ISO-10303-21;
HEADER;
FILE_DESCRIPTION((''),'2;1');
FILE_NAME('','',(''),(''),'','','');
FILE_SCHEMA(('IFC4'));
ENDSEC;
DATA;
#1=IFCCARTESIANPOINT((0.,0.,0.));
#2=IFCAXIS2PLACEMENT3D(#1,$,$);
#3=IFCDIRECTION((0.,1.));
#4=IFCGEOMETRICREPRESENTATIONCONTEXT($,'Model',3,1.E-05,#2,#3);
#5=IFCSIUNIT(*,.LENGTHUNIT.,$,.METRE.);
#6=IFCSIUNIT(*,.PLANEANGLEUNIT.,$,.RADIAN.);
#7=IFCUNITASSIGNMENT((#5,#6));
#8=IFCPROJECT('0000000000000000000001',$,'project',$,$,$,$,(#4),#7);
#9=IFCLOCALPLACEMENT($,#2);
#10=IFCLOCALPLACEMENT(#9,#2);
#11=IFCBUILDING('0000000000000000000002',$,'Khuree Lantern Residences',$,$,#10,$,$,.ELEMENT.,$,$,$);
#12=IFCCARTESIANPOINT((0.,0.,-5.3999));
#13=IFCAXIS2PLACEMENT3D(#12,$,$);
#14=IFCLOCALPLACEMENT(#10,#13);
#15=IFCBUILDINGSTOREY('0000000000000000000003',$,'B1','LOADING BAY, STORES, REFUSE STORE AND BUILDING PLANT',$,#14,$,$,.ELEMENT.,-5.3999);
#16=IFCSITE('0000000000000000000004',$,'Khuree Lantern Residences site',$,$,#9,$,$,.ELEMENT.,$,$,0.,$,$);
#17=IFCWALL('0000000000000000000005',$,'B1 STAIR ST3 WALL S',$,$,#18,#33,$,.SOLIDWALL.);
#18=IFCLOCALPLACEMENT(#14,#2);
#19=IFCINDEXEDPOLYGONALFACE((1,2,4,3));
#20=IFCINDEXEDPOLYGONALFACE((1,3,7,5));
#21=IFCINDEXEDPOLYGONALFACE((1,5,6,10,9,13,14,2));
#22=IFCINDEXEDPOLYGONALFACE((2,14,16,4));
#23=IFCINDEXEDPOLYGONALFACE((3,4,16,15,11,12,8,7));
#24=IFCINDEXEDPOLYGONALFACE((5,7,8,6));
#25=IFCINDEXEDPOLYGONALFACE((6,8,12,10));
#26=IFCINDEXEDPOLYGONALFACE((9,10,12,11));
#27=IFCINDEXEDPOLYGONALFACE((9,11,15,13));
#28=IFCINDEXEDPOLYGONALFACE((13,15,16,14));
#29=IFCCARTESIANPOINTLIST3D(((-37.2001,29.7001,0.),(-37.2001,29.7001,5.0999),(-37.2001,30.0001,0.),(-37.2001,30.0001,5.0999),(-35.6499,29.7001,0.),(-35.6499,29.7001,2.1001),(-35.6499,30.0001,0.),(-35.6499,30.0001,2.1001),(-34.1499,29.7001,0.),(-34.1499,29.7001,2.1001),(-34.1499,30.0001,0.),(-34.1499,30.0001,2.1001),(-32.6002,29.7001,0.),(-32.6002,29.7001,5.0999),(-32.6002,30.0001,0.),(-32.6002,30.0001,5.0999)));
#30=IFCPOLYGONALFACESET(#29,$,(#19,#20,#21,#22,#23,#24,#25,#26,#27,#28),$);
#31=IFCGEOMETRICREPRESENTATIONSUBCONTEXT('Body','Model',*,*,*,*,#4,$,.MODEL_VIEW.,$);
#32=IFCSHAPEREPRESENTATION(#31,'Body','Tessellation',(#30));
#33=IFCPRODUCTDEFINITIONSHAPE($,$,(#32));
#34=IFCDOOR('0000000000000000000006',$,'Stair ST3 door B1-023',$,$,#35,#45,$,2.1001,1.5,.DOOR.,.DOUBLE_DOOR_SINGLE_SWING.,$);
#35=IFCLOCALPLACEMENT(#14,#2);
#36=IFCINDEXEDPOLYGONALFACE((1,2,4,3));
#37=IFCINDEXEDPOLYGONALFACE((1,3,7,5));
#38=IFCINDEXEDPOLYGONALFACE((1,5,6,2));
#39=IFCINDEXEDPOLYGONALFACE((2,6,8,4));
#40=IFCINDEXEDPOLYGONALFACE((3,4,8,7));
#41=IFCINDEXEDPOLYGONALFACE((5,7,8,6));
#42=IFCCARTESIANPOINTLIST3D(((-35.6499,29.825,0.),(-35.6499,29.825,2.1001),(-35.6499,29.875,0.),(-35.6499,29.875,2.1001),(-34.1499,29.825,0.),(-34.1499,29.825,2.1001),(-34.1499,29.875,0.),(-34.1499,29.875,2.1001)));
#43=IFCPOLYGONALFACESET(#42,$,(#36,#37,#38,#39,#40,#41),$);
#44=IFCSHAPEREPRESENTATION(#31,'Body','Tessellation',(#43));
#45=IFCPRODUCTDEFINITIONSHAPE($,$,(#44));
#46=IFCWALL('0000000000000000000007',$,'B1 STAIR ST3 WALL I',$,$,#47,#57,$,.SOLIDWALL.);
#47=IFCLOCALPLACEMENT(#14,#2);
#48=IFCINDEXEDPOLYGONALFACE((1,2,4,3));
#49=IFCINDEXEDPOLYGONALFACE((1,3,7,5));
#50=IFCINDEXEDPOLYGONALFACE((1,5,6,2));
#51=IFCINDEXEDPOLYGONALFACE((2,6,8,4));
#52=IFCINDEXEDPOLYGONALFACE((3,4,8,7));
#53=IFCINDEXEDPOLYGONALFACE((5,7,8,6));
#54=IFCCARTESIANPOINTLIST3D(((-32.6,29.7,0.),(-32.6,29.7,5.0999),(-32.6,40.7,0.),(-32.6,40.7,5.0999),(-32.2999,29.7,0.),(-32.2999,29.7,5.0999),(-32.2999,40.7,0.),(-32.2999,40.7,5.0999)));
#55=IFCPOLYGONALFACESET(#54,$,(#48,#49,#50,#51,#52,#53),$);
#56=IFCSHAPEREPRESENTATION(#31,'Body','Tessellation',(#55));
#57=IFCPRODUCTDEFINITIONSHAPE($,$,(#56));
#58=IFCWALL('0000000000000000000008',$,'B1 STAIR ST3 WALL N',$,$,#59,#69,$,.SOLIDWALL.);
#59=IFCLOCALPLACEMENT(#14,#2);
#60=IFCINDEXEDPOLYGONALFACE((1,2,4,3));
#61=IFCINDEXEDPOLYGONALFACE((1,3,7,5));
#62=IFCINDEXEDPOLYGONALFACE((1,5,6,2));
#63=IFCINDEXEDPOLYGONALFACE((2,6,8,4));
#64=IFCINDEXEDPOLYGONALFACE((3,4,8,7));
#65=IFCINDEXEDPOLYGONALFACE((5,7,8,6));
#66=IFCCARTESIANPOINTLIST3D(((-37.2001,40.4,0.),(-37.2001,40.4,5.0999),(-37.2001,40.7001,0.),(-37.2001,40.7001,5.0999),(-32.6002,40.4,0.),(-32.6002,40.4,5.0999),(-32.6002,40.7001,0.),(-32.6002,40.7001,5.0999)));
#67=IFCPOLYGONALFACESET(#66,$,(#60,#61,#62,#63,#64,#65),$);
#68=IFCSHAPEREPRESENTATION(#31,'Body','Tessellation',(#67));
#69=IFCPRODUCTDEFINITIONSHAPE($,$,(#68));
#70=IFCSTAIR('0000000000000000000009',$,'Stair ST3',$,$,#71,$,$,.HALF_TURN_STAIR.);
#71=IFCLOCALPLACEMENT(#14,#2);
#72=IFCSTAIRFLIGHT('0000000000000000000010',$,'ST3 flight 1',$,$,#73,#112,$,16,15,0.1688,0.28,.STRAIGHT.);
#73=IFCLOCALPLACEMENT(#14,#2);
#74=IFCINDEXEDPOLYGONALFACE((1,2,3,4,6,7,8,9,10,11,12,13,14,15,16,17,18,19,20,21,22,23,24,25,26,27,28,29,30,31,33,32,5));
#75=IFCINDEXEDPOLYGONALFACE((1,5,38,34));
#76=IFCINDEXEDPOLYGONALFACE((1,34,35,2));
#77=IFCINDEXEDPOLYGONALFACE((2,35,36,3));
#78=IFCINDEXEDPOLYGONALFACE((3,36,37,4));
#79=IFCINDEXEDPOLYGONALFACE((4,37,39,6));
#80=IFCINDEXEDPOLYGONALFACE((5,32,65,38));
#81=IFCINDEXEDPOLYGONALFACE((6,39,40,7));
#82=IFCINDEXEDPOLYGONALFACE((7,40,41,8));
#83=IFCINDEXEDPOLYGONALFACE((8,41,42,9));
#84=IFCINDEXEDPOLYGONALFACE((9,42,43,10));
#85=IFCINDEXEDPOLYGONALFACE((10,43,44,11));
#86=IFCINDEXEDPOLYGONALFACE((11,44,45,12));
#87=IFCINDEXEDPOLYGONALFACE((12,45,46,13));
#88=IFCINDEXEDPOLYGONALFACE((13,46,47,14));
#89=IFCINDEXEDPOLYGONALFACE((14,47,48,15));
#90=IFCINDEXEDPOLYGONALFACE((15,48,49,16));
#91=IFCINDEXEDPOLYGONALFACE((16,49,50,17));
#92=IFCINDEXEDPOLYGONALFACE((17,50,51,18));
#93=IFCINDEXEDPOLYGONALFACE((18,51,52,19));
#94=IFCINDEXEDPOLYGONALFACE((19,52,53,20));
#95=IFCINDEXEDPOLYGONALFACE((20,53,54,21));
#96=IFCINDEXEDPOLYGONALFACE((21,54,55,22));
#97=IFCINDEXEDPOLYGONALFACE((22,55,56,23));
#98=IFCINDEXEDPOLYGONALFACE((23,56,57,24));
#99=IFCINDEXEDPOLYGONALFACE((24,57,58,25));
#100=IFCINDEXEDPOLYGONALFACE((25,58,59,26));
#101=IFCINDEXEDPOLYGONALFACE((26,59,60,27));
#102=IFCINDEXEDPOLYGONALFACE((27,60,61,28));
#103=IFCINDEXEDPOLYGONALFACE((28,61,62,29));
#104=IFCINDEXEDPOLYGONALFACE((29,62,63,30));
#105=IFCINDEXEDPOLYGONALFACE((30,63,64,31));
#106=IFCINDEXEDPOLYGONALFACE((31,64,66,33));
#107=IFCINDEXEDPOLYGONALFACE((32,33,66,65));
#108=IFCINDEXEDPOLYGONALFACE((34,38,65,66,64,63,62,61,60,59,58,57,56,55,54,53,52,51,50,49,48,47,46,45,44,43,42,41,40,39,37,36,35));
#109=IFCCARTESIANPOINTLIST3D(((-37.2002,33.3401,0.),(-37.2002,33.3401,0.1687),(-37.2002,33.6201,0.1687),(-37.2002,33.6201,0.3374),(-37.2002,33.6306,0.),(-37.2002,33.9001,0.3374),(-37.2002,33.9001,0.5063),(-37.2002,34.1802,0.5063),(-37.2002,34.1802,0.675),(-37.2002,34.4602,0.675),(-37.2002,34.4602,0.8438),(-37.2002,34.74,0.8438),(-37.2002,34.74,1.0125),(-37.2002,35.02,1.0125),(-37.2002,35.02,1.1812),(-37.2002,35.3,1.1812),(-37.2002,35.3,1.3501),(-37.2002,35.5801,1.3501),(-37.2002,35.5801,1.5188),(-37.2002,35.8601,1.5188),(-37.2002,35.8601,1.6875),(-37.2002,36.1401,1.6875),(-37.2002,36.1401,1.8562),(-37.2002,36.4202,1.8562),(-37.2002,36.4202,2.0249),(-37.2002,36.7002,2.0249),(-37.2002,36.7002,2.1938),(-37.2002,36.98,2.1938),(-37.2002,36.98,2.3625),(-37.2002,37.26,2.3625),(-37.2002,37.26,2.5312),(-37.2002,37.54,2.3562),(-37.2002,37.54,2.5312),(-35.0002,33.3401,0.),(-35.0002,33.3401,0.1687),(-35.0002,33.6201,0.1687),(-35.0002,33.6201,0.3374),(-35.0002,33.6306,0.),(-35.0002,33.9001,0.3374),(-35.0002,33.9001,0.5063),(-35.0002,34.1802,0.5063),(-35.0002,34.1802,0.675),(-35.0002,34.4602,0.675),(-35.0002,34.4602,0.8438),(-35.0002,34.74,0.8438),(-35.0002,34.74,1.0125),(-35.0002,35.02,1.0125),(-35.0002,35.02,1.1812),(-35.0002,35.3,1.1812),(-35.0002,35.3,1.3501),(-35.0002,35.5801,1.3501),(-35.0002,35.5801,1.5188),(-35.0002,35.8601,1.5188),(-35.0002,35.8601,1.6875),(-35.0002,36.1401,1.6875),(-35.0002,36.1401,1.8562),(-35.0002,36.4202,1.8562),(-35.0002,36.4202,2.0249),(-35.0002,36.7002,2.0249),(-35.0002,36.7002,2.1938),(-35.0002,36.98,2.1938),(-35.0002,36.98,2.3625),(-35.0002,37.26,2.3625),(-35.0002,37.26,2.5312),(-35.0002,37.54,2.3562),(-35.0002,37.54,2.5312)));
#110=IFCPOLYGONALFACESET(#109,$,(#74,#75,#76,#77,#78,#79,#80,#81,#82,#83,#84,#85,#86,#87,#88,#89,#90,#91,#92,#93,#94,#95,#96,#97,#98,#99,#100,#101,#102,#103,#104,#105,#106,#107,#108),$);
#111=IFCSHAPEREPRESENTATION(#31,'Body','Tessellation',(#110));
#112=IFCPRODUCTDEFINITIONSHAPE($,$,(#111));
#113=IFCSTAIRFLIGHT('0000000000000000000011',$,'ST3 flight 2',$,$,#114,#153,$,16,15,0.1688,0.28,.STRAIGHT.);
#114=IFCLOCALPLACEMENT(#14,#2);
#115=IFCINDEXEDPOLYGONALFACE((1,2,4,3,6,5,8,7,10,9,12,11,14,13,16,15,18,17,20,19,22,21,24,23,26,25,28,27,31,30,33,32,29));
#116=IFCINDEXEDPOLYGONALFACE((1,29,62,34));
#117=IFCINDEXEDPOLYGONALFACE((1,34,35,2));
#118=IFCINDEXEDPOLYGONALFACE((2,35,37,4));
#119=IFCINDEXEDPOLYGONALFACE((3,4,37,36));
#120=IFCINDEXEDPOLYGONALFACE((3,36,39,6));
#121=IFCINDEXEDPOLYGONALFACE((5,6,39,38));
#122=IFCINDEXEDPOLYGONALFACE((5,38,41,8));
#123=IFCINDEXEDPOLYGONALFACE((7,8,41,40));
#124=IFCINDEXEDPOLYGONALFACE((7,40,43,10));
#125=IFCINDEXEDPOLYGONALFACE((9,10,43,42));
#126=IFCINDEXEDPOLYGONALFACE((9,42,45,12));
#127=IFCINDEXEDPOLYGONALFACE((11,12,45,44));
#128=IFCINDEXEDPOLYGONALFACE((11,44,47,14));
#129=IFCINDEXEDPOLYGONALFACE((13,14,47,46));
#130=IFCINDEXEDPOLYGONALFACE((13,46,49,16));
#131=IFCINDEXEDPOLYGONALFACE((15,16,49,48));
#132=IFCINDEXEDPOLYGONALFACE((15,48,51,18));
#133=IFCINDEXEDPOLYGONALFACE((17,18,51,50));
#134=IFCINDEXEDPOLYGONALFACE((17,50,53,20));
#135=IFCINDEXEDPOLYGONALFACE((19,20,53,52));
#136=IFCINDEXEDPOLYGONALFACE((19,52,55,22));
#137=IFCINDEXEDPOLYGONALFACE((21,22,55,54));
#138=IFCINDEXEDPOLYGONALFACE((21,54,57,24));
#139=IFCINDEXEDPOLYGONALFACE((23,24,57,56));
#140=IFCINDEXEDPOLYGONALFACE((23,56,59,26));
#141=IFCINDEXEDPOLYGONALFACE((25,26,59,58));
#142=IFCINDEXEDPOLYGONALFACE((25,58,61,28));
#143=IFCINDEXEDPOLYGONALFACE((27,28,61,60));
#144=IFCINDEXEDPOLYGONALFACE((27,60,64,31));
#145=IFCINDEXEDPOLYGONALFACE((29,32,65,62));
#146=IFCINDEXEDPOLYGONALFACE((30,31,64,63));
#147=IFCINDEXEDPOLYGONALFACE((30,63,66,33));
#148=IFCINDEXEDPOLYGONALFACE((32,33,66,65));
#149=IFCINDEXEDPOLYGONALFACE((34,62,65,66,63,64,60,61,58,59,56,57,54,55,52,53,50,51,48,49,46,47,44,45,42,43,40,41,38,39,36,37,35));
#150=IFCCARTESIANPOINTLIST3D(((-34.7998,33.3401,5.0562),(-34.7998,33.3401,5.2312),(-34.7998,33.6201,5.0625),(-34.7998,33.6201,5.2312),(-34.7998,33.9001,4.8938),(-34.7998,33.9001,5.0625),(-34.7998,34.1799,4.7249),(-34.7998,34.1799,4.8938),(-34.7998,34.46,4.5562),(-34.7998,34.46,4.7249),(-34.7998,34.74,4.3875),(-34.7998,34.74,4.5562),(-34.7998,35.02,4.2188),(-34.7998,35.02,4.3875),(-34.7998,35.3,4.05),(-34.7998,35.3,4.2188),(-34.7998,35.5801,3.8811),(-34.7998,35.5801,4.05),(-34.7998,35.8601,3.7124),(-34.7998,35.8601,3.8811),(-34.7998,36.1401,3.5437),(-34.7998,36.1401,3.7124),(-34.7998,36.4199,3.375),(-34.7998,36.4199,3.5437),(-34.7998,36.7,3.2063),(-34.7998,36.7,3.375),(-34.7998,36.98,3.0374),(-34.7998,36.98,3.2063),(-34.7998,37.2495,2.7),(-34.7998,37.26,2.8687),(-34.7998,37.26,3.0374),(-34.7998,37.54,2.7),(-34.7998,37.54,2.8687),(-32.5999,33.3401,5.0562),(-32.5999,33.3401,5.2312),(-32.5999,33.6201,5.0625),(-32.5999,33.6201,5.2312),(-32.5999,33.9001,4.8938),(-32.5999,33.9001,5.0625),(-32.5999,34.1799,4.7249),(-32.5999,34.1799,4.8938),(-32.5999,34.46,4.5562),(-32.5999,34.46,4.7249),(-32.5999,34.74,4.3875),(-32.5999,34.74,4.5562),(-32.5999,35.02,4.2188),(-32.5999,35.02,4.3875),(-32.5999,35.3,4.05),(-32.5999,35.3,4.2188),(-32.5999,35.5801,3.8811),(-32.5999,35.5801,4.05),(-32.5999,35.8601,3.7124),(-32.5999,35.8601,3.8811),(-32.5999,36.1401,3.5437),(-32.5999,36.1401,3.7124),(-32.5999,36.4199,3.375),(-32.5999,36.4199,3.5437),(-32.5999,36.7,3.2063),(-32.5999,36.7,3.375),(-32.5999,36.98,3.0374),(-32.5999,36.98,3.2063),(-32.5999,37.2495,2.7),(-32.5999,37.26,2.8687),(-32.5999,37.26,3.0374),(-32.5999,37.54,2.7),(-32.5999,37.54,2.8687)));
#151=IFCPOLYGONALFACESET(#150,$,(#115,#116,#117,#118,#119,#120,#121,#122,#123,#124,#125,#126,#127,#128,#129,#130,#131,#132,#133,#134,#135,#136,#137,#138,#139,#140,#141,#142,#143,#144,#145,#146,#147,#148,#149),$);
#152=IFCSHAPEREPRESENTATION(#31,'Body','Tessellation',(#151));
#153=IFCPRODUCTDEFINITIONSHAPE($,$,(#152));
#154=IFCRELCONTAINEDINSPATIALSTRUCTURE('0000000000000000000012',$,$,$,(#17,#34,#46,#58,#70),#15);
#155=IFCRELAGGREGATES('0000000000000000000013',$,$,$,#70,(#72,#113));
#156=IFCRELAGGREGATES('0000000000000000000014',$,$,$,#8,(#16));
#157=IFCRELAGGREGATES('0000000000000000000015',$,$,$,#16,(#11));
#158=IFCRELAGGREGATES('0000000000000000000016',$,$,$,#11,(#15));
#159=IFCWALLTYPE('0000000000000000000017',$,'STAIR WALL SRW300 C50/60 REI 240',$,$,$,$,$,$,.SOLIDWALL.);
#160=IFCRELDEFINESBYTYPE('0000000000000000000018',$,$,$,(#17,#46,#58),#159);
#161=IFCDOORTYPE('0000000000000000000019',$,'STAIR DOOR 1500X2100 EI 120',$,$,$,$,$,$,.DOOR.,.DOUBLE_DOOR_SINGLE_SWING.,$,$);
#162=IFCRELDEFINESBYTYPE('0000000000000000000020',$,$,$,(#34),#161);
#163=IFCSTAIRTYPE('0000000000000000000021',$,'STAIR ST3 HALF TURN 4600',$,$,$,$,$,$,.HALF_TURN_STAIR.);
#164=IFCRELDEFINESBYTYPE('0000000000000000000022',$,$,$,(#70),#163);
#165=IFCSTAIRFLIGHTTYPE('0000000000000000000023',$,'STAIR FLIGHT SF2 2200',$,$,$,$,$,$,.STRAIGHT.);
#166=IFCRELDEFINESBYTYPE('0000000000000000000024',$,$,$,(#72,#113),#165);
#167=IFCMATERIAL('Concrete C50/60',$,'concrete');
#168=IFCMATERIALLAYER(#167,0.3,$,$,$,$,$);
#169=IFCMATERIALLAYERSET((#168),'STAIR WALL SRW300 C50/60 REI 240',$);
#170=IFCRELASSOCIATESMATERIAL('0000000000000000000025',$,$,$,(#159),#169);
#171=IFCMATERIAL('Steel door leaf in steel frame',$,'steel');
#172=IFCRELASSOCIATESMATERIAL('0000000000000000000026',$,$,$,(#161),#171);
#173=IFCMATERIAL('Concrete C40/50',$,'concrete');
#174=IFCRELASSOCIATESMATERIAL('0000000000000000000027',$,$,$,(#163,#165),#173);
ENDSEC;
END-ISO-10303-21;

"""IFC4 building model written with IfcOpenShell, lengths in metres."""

from ifc_helpers import new_model, si_unit, direction, frame, frame_2d, origin, place, context, subcontext, project, spatial, polyline, rectangle, outline, extrude, material, layer, layer_set, type_object, element, fill, aggregate, save


model = new_model("IFC4")

# Units and contexts
model_context = context("Model", 3, precision=1e-05, world=origin(), true_north=direction((0.0, 1.0)))
body_context = subcontext(model_context, "Body", "Model", "MODEL_VIEW")
ifc_project = project(units=[si_unit("LENGTHUNIT", "METRE"), si_unit("PLANEANGLEUNIT", "RADIAN")], contexts=[model_context])

# Site, building, storey
site_placement = place(None, origin())
site = spatial("IfcSite", under=ifc_project, at=site_placement, Name="Khuree Lantern Residences site", CompositionType="ELEMENT", RefElevation=0.0)
building_placement = place(site_placement, origin())
building = spatial("IfcBuilding", under=site, at=building_placement, Name="Khuree Lantern Residences", CompositionType="ELEMENT")
storey_placement = place(building_placement, frame((0.0, 0.0, -5.3999)))
storey = spatial("IfcBuildingStorey", under=building, at=storey_placement, Name="B1", Description="LOADING BAY, STORES, REFUSE STORE AND BUILDING PLANT", CompositionType="ELEMENT", Elevation=-5.3999)

# Shared definitions
ifc_material_1 = material(Name="Concrete C40/50", Category="concrete")

# Shared definitions
ifc_material_2 = material(Name="Steel door leaf in steel frame", Category="steel")

# Wall, opening, door
ifc_material_3 = material(Name="Concrete C50/60", Category="concrete")
ifc_layer_1 = layer(ifc_material_3, 0.3)
ifc_layer_set_1 = layer_set([ifc_layer_1], Name="STAIR WALL SRW300 C50/60 REI 240")
wall_type_1 = type_object("IfcWallType", Name="STAIR WALL SRW300 C50/60 REI 240", PredefinedType="SOLIDWALL", material=ifc_layer_set_1)
wall_1_placement = place(storey_placement, frame((-37.2, 29.8501, 0.0), z_axis=(0.0, 0.0, 1.0), x_axis=(1.0, 0.0, 0.0)))
wall_1 = element("IfcWall", 1, at=wall_1_placement, inside=storey, type_object=wall_type_1, Name="B1 STAIR ST3 WALL S", PredefinedType="SOLIDWALL", context=body_context, shape_type="SweptSolid", body=[
    extrude(rectangle(XDim=4.5999, YDim=0.3, at=frame_2d((2.2998, 0.0))), origin(), (0.0, 0.0, 1.0), 5.0999),
])
opening_1_placement = place(wall_1_placement, frame((1.55, 0.0, 0.0)))
opening_1 = element("IfcOpeningElement", 2, at=opening_1_placement, cuts=wall_1, PredefinedType="OPENING", context=body_context, shape_type="SweptSolid", body=[
    extrude(rectangle(XDim=1.5, YDim=2.1001, at=frame_2d((0.75, 1.05))), frame((0.0, 0.1602, 0.0), z_axis=(0.0, -1.0, 0.0), x_axis=(1.0, 0.0, 0.0)), (0.0, 0.0, 1.0), 0.3201),
])
door_type_1 = type_object("IfcDoorType", Name="STAIR DOOR 1500X2100 EI 120", OperationType="DOUBLE_DOOR_SINGLE_SWING", PredefinedType="DOOR", material=ifc_material_2)
door_1_placement = place(opening_1_placement, origin())
door_1 = element("IfcDoor", 3, at=door_1_placement, inside=storey, type_object=door_type_1, Name="Stair ST3 door B1-023", OperationType="DOUBLE_DOOR_SINGLE_SWING", OverallHeight=2.1001, OverallWidth=1.5, PredefinedType="DOOR", context=body_context, shape_type="SweptSolid", body=[
    extrude(rectangle(XDim=1.5, YDim=2.1001, at=frame_2d((0.75, 1.05))), frame((0.0, 0.0249, 0.0), z_axis=(0.0, -1.0, 0.0), x_axis=(1.0, 0.0, 0.0)), (0.0, 0.0, 1.0), 0.05),
])
fill(opening_1, door_1)

# Walls
wall_2_placement = place(storey_placement, frame((-32.45, 29.7, 0.0), z_axis=(0.0, 0.0, 1.0), x_axis=(0.0, 1.0, 0.0)))
element("IfcWall", 4, at=wall_2_placement, inside=storey, type_object=wall_type_1, Name="B1 STAIR ST3 WALL I", PredefinedType="SOLIDWALL", context=body_context, shape_type="SweptSolid", body=[
    extrude(rectangle(XDim=11.0, YDim=0.3, at=frame_2d((5.5, 0.0))), origin(), (0.0, 0.0, 1.0), 5.0999),
])
wall_3_placement = place(storey_placement, frame((-37.2, 40.55, 0.0), z_axis=(0.0, 0.0, 1.0), x_axis=(1.0, 0.0, 0.0)))
element("IfcWall", 5, at=wall_3_placement, inside=storey, type_object=wall_type_1, Name="B1 STAIR ST3 WALL N", PredefinedType="SOLIDWALL", context=body_context, shape_type="SweptSolid", body=[
    extrude(rectangle(XDim=4.5999, YDim=0.3, at=frame_2d((2.2998, 0.0))), origin(), (0.0, 0.0, 1.0), 5.0999),
])

# Stair, stair flights
stair_type = type_object("IfcStairType", Name="STAIR ST3 HALF TURN 4600", PredefinedType="HALF_TURN_STAIR", material=ifc_material_1)
stair_placement = place(storey_placement, origin())
stair = element("IfcStair", 6, at=stair_placement, inside=storey, type_object=stair_type, Name="Stair ST3", PredefinedType="HALF_TURN_STAIR")
stair_flight_type = type_object("IfcStairFlightType", Name="STAIR FLIGHT SF2 2200", PredefinedType="STRAIGHT", material=ifc_material_1)
stair_flight_1_placement = place(storey_placement, frame((-36.1001, 33.3401, 0.0), z_axis=(0.0, 0.0, 1.0), x_axis=(0.0, 1.0, 0.0)))
stair_flight_1 = element("IfcStairFlight", 7, at=stair_flight_1_placement, type_object=stair_flight_type, Name="ST3 flight 1", NumberOfRisers=16, NumberOfTreads=15, PredefinedType="STRAIGHT", RiserHeight=0.1688, TreadLength=0.28, context=body_context, shape_type="SweptSolid", body=[
    extrude(outline(polyline([(0.0, 0.0), (0.0, 0.1687), (0.28, 0.1687), (0.28, 0.3374), (0.5601, 0.3374), (0.5601, 0.5063), (0.8401, 0.5063), (0.8401, 0.675), (1.1201, 0.675), (1.1201, 0.8438), (1.3999, 0.8438), (1.3999, 1.0125), (1.6799, 1.0125), (1.6799, 1.1812), (1.96, 1.1812), (1.96, 1.3501), (2.24, 1.3501), (2.24, 1.5188), (2.52, 1.5188), (2.52, 1.6875), (2.8, 1.6875), (2.8, 1.8562), (3.0801, 1.8562), (3.0801, 2.0249), (3.3601, 2.0249), (3.3601, 2.1938), (3.6399, 2.1938), (3.6399, 2.3625), (3.9199, 2.3625), (3.9199, 2.5312), (4.2, 2.5312), (4.2, 2.7), (4.2, 2.3562), (0.2905, 0.0), (0.0, 0.0)])), frame((0.0, 1.1001, 0.0), z_axis=(0.0, -1.0, 0.0), x_axis=(1.0, 0.0, 0.0)), (0.0, 0.0, 1.0), 2.2),
])
stair_flight_2_placement = place(storey_placement, frame((-33.7, 37.54, 2.7), z_axis=(0.0, 0.0, 1.0), x_axis=(0.0, -1.0, 0.0)))
stair_flight_2 = element("IfcStairFlight", 8, at=stair_flight_2_placement, type_object=stair_flight_type, Name="ST3 flight 2", NumberOfRisers=16, NumberOfTreads=15, PredefinedType="STRAIGHT", RiserHeight=0.1688, TreadLength=0.28, context=body_context, shape_type="SweptSolid", body=[
    extrude(outline(polyline([(0.0, 0.0), (0.0, 0.1687), (0.28, 0.1687), (0.28, 0.3374), (0.5601, 0.3374), (0.5601, 0.5063), (0.8401, 0.5063), (0.8401, 0.675), (1.1201, 0.675), (1.1201, 0.8438), (1.3999, 0.8438), (1.3999, 1.0125), (1.6799, 1.0125), (1.6799, 1.1812), (1.96, 1.1812), (1.96, 1.3501), (2.24, 1.3501), (2.24, 1.5188), (2.52, 1.5188), (2.52, 1.6875), (2.8, 1.6875), (2.8, 1.8562), (3.0801, 1.8562), (3.0801, 2.0249), (3.3601, 2.0249), (3.3601, 2.1938), (3.6399, 2.1938), (3.6399, 2.3625), (3.9199, 2.3625), (3.9199, 2.5312), (4.2, 2.5312), (4.2, 2.7), (4.2, 2.3562), (0.2905, 0.0), (0.0, 0.0)])), frame((0.0, 1.1001, 0.0), z_axis=(0.0, -1.0, 0.0), x_axis=(1.0, 0.0, 0.0)), (0.0, 0.0, 1.0), 2.2),
])
aggregate(stair, [stair_flight_1, stair_flight_2])

save(model, "model.ifc")
